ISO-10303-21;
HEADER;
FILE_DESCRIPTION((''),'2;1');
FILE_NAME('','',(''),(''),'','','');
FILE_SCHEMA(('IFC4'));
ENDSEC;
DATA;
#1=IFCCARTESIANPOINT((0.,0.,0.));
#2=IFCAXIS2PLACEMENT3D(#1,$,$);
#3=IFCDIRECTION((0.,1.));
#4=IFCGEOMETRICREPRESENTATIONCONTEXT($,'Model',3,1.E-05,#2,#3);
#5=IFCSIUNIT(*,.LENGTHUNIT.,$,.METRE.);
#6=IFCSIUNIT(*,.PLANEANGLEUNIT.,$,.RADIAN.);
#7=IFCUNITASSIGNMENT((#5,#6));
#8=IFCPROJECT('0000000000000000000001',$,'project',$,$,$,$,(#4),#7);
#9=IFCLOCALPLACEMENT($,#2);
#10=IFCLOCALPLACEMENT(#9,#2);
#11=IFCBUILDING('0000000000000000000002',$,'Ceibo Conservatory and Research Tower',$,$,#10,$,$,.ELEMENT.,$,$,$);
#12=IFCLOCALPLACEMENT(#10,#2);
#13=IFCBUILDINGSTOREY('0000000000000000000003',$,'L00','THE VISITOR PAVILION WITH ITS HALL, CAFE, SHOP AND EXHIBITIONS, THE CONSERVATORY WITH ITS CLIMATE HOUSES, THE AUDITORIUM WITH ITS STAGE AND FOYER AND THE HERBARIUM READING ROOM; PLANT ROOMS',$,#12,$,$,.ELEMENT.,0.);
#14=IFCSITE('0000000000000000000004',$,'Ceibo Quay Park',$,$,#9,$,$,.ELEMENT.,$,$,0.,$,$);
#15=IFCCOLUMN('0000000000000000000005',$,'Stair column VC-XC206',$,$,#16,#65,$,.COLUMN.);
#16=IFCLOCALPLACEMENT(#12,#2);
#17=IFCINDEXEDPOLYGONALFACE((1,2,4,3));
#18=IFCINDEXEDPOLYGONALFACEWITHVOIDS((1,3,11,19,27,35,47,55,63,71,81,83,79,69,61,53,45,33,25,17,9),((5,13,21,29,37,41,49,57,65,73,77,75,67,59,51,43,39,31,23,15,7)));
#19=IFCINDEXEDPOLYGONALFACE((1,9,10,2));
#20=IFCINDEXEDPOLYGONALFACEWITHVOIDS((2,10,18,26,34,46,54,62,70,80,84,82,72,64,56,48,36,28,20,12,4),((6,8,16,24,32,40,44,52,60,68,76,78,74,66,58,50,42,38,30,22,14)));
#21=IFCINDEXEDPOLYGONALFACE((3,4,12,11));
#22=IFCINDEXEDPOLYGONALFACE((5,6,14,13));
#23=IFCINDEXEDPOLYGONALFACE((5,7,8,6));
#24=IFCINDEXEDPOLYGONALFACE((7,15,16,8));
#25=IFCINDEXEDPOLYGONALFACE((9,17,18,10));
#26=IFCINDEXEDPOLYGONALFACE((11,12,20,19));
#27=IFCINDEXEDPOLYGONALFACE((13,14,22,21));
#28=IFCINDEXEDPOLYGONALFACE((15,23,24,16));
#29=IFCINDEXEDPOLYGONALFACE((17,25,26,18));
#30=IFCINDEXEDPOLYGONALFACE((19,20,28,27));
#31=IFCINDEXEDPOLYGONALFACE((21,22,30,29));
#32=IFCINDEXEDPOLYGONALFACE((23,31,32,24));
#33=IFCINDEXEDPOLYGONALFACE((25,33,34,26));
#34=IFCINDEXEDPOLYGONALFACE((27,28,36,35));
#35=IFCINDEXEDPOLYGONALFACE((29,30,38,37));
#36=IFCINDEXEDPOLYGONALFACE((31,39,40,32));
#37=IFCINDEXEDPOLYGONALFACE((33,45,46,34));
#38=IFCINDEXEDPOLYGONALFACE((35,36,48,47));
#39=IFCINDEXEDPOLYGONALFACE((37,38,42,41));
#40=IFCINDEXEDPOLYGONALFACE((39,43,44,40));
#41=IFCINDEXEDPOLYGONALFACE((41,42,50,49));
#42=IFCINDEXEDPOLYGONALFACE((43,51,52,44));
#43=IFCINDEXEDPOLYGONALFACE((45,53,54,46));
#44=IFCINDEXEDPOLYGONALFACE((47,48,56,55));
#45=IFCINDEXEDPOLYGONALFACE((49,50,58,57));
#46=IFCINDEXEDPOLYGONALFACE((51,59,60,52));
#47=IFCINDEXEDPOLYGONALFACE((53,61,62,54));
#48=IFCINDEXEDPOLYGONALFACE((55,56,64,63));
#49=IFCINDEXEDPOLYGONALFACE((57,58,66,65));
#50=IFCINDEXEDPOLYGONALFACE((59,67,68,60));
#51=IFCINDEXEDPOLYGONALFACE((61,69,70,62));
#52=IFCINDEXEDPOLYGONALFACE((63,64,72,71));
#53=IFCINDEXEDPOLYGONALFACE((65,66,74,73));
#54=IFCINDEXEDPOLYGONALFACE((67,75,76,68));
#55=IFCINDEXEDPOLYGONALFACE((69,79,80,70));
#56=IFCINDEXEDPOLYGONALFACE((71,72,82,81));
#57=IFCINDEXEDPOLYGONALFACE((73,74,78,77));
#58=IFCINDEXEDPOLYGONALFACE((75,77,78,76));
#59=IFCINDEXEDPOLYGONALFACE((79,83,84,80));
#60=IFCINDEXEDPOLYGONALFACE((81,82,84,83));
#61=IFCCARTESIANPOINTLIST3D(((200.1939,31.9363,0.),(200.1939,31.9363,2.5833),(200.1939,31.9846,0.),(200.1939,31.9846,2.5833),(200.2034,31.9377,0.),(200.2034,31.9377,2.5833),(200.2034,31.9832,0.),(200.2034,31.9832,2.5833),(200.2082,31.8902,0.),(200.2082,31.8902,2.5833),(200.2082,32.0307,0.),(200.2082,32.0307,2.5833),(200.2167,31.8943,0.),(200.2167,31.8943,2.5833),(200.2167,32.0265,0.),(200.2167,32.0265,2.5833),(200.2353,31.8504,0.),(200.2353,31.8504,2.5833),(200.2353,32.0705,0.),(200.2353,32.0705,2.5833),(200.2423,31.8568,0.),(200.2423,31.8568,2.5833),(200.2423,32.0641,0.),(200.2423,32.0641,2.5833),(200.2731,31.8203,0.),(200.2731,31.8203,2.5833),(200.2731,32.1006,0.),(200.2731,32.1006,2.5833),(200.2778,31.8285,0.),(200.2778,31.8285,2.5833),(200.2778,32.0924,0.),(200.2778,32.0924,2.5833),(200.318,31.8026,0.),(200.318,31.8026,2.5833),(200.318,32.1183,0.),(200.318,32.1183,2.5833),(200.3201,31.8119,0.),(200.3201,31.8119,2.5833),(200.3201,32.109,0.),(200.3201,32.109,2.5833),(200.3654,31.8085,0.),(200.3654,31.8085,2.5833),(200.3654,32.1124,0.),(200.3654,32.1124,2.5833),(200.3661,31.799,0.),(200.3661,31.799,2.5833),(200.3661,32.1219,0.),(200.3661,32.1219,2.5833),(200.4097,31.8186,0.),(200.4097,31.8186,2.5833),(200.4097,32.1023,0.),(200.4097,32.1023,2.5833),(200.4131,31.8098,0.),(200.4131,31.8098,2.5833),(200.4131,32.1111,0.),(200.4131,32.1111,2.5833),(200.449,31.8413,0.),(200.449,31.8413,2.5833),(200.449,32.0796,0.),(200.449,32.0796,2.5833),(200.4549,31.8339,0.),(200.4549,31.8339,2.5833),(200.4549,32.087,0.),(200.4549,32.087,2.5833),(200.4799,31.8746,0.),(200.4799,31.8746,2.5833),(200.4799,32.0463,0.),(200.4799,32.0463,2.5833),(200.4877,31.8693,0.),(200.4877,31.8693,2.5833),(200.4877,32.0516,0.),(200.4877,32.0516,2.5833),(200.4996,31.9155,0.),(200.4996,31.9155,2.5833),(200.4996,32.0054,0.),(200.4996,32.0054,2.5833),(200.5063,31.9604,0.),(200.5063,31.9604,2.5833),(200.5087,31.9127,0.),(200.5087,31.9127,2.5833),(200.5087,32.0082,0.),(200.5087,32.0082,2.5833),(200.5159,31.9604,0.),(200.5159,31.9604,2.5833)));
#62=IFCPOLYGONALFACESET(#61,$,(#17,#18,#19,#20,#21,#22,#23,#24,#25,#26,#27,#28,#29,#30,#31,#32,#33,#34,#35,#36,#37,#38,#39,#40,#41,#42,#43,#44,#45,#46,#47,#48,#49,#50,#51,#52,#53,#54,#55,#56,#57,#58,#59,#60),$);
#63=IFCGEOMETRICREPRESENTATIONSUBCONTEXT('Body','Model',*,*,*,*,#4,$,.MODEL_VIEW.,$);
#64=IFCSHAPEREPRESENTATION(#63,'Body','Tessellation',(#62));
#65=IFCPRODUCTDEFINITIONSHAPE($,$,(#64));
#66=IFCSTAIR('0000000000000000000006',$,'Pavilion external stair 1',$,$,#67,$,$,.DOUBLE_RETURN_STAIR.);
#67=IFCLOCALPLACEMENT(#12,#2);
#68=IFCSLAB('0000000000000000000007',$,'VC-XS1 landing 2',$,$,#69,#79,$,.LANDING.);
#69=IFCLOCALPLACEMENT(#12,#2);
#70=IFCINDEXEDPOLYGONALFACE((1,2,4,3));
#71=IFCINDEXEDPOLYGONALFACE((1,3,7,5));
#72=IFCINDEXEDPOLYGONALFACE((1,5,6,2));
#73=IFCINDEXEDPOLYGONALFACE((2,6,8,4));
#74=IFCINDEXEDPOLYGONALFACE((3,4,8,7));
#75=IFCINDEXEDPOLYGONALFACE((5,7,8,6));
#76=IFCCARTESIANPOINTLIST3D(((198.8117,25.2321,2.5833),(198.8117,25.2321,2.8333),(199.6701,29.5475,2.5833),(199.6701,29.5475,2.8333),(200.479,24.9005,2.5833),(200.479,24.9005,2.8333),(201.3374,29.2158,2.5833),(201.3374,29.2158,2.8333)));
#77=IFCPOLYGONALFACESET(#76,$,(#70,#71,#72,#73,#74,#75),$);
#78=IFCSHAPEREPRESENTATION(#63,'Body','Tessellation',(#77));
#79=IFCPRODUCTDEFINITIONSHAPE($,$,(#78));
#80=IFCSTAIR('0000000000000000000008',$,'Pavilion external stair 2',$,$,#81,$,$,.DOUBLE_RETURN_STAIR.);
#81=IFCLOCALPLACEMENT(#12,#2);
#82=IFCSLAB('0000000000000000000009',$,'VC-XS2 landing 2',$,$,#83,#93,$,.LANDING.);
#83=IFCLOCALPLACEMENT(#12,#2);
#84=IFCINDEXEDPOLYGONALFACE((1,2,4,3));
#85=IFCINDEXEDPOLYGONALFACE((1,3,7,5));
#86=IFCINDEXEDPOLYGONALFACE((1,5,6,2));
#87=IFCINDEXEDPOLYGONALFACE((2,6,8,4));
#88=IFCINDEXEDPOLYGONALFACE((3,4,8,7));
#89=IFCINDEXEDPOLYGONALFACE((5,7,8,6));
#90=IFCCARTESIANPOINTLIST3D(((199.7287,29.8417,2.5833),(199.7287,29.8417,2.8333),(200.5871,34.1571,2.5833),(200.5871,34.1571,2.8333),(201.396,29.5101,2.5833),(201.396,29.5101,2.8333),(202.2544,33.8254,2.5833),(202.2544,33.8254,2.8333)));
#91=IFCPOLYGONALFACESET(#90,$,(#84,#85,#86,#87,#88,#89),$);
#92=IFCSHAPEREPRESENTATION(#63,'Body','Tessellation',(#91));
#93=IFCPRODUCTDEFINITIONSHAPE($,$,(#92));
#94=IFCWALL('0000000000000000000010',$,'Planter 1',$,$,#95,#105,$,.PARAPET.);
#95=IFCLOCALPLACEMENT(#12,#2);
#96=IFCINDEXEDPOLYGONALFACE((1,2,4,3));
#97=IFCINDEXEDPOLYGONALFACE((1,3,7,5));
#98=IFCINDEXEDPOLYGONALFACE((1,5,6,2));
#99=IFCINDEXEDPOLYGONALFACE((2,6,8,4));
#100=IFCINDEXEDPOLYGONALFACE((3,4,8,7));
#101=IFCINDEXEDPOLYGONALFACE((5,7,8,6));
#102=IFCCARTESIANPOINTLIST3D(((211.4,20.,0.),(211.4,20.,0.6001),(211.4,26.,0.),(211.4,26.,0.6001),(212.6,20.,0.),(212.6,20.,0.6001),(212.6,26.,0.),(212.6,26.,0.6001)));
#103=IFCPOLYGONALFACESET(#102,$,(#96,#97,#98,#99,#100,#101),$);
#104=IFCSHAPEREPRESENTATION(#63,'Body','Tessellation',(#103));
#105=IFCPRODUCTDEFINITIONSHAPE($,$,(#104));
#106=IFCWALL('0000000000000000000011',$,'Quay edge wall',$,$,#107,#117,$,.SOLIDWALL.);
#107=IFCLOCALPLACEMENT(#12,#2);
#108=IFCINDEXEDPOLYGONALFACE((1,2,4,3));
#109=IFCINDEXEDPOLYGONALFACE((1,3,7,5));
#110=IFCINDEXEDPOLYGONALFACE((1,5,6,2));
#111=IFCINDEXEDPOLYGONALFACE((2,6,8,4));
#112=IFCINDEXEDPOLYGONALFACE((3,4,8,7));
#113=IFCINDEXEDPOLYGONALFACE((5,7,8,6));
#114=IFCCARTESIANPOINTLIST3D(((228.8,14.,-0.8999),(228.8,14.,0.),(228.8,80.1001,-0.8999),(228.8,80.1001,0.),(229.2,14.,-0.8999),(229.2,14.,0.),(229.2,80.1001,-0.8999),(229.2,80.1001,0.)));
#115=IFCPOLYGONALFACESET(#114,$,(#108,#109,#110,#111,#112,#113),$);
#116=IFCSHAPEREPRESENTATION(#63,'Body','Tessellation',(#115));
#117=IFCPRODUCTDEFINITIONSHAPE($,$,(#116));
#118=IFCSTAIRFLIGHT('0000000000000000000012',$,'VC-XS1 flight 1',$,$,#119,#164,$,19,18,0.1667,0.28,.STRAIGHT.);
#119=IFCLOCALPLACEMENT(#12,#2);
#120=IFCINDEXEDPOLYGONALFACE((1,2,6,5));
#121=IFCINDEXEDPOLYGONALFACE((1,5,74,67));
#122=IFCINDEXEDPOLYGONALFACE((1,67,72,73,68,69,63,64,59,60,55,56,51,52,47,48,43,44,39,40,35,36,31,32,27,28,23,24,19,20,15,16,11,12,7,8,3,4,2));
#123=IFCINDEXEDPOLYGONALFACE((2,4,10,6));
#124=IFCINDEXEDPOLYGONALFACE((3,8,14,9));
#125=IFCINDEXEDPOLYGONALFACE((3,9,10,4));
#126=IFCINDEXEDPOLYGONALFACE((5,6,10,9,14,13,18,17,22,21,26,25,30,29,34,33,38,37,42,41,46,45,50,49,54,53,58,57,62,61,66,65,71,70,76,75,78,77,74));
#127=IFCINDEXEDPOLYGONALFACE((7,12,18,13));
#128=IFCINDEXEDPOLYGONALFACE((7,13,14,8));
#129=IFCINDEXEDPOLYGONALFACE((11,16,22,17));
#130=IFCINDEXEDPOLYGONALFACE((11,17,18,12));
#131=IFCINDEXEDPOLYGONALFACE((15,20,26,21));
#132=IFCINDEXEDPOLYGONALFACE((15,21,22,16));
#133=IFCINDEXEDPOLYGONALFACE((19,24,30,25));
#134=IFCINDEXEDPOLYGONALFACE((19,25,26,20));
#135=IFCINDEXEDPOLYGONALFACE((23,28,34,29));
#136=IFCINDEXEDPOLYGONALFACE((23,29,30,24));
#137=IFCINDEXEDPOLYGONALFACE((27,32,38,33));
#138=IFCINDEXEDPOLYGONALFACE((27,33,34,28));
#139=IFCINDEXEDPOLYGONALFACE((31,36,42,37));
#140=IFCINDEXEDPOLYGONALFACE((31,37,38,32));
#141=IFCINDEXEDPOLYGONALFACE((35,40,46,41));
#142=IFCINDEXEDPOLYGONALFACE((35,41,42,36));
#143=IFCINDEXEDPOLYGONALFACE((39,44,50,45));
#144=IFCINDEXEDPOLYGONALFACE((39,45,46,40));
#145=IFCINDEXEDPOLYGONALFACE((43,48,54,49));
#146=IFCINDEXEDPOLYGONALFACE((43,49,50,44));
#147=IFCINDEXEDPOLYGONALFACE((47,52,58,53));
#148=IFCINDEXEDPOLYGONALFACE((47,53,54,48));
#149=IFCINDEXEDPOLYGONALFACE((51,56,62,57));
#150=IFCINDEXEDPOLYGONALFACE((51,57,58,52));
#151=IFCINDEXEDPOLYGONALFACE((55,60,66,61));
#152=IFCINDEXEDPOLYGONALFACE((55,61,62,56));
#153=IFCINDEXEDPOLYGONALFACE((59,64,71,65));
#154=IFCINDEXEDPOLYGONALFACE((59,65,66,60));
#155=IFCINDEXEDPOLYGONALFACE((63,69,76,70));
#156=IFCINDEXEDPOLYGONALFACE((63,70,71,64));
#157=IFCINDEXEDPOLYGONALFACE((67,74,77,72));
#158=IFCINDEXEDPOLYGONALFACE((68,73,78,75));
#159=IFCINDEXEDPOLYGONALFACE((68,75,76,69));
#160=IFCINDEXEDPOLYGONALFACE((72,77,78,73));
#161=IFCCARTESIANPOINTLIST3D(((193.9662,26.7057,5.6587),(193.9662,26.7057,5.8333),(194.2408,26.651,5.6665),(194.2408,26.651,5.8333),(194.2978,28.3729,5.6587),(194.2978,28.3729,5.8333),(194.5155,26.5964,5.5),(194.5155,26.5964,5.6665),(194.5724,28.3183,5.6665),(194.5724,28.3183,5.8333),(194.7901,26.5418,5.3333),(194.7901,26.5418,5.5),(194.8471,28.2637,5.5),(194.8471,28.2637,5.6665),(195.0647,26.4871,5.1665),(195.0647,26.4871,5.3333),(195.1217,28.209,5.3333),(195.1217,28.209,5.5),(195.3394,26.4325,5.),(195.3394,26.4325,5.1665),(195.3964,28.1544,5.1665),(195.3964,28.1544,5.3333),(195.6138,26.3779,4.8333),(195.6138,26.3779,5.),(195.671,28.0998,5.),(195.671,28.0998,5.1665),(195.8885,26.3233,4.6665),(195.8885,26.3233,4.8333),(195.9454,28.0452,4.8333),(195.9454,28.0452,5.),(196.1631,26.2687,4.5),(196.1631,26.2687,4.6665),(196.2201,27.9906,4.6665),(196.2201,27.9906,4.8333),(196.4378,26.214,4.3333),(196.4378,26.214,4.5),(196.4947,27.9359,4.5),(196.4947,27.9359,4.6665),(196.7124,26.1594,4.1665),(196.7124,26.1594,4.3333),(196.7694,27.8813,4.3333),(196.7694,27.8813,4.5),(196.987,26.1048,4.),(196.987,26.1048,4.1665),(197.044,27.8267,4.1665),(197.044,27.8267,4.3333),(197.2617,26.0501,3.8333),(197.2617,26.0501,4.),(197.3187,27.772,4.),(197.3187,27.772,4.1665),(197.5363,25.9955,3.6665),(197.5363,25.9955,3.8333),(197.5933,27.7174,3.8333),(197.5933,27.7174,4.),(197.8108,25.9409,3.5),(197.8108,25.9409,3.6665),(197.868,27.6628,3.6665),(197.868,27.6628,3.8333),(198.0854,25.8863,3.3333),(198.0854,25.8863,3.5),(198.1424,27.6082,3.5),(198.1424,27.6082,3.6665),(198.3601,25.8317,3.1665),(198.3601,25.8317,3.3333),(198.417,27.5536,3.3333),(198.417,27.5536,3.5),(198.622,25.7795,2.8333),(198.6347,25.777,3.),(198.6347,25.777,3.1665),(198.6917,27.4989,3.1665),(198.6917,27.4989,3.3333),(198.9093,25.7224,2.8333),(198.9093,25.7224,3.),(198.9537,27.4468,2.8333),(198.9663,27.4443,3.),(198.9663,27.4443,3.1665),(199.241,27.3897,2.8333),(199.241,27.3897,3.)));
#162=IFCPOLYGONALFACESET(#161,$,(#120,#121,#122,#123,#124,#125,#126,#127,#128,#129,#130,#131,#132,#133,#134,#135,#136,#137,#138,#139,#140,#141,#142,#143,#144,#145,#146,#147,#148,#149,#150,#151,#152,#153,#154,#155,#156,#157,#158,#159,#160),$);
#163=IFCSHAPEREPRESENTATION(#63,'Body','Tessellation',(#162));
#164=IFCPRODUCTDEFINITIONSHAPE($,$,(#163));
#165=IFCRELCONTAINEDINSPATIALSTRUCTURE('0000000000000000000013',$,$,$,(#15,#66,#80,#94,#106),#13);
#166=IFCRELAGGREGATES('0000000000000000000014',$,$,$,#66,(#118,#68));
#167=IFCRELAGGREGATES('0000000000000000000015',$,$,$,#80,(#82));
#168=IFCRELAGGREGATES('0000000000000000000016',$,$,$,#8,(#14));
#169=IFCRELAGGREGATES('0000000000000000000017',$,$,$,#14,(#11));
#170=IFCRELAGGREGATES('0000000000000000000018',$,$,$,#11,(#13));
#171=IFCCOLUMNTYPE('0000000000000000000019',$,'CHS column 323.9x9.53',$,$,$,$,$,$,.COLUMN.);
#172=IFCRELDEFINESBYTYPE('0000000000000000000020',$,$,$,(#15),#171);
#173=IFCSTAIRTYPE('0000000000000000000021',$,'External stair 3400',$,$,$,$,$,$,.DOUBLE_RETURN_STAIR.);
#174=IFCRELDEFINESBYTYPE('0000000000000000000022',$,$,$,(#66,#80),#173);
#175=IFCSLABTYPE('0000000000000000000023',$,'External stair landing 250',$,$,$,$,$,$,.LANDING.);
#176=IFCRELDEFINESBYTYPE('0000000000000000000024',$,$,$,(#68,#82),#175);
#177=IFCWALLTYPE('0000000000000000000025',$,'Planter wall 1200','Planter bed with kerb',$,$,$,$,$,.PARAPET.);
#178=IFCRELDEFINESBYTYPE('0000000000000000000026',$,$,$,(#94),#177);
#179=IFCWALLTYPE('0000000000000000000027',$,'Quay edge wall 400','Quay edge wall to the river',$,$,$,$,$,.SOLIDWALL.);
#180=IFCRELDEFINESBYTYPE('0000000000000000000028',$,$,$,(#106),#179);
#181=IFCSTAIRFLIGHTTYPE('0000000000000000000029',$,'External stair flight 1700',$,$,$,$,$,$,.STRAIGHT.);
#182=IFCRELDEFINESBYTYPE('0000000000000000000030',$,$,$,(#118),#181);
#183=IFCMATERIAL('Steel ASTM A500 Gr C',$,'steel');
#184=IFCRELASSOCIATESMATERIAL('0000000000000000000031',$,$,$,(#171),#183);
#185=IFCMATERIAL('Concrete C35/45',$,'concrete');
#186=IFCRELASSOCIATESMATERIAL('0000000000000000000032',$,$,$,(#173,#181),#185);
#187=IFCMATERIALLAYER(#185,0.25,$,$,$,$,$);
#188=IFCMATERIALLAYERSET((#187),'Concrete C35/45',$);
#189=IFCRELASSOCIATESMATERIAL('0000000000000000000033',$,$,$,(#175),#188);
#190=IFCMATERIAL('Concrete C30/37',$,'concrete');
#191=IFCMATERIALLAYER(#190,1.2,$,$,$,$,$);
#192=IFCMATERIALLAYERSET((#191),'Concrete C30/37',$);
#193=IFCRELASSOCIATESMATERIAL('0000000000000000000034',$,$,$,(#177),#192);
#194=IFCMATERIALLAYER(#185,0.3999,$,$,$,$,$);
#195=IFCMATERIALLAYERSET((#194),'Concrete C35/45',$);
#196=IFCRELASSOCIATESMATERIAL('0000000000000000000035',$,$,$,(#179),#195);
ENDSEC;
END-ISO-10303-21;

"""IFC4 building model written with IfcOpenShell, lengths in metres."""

from ifc_helpers import new_model, si_unit, direction, frame, frame_2d, origin, origin_2d, place, context, subcontext, project, spatial, polyline, rectangle, hollow_circle, outline, extrude, material, layer, layer_set, material_profile, profile_set, type_object, element, aggregate, save


model = new_model("IFC4")

# Units and contexts
model_context = context("Model", 3, precision=1e-05, world=origin(), true_north=direction((0.0, 1.0)))
body_context = subcontext(model_context, "Body", "Model", "MODEL_VIEW")
ifc_project = project(units=[si_unit("LENGTHUNIT", "METRE"), si_unit("PLANEANGLEUNIT", "RADIAN")], contexts=[model_context])

# Site, building, storey
site_placement = place(None, origin())
site = spatial("IfcSite", under=ifc_project, at=site_placement, Name="Ceibo Quay Park", CompositionType="ELEMENT", RefElevation=0.0)
building_placement = place(site_placement, origin())
building = spatial("IfcBuilding", under=site, at=building_placement, Name="Ceibo Conservatory and Research Tower", CompositionType="ELEMENT")
storey_placement = place(building_placement, origin())
storey = spatial("IfcBuildingStorey", under=building, at=storey_placement, Name="L00", Description="THE VISITOR PAVILION WITH ITS HALL, CAFE, SHOP AND EXHIBITIONS, THE CONSERVATORY WITH ITS CLIMATE HOUSES, THE AUDITORIUM WITH ITS STAGE AND FOYER AND THE HERBARIUM READING ROOM; PLANT ROOMS", CompositionType="ELEMENT", Elevation=0.0)

# Shared definitions
ifc_material_1 = material(Name="Concrete C35/45", Category="concrete")

# Column
ifc_material_2 = material(Name="Steel ASTM A500 Gr C", Category="steel")
ifc_material_profile_1 = material_profile(ifc_material_2, hollow_circle(Radius=0.1619, WallThickness=0.0095, at=origin_2d()), Name="CHS column 323.9x9.53")
ifc_profile_set_1 = profile_set([ifc_material_profile_1], Name="Steel ASTM A500 Gr C")
column_type = type_object("IfcColumnType", Name="CHS column 323.9x9.53", PredefinedType="COLUMN", material=ifc_profile_set_1)
for number, where, z_axis, x_axis, name in (
    (1, (200.354, 31.9604, 0.0), (0.0, 0.0, 1.0), (1.0, 0.0, 0.0), "Stair column VC-XC206"),
):
    element("IfcColumn", number, at=place(storey_placement, frame(where, z_axis=z_axis, x_axis=x_axis)), inside=storey, type_object=column_type, Name=name, PredefinedType="COLUMN", context=body_context, shape_type="SweptSolid", body=[
        extrude(hollow_circle(Radius=0.1619, WallThickness=0.0095, at=origin_2d()), origin(), (0.0, 0.0, 1.0), 2.5833),
    ])

# Stairs, slabs
stair_type = type_object("IfcStairType", Name="External stair 3400", PredefinedType="DOUBLE_RETURN_STAIR", material=ifc_material_1)
stair_1_placement = place(storey_placement, origin())
stair_1 = element("IfcStair", 2, at=stair_1_placement, inside=storey, type_object=stair_type, Name="Pavilion external stair 1", PredefinedType="DOUBLE_RETURN_STAIR")
ifc_layer_1 = layer(ifc_material_1, 0.25)
ifc_layer_set_1 = layer_set([ifc_layer_1], Name="Concrete C35/45")
slab_type = type_object("IfcSlabType", Name="External stair landing 250", PredefinedType="LANDING", material=ifc_layer_set_1)
slab_1_placement = place(storey_placement, frame((201.3374, 29.2158, 2.5833), z_axis=(0.0, 0.0, 1.0), x_axis=(-0.980785, 0.19509, 0.0)))
slab_1 = element("IfcSlab", 3, at=slab_1_placement, type_object=slab_type, Name="VC-XS1 landing 2", PredefinedType="LANDING", context=body_context, shape_type="SweptSolid", body=[
    extrude(outline(polyline([(0.0, 0.0), (1.7, 0.0), (1.7, 4.3999), (0.0, 4.3999), (0.0, 0.0)])), origin(), (0.0, 0.0, 1.0), 0.25),
])
stair_2_placement = place(storey_placement, origin())
stair_2 = element("IfcStair", 4, at=stair_2_placement, inside=storey, type_object=stair_type, Name="Pavilion external stair 2", PredefinedType="DOUBLE_RETURN_STAIR")
slab_2_placement = place(storey_placement, frame((202.2544, 33.8254, 2.5833), z_axis=(0.0, 0.0, 1.0), x_axis=(-0.980785, 0.19509, 0.0)))
slab_2 = element("IfcSlab", 5, at=slab_2_placement, type_object=slab_type, Name="VC-XS2 landing 2", PredefinedType="LANDING", context=body_context, shape_type="SweptSolid", body=[
    extrude(outline(polyline([(0.0, 0.0), (1.7, 0.0), (1.7, 4.3999), (0.0, 4.3999), (0.0, 0.0)])), origin(), (0.0, 0.0, 1.0), 0.25),
])

# Walls
ifc_material_3 = material(Name="Concrete C30/37", Category="concrete")
ifc_layer_2 = layer(ifc_material_3, 1.2)
ifc_layer_set_2 = layer_set([ifc_layer_2], Name="Concrete C30/37")
wall_type_1 = type_object("IfcWallType", Name="Planter wall 1200", Description="Planter bed with kerb", PredefinedType="PARAPET", material=ifc_layer_set_2)
wall_1_placement = place(storey_placement, frame((212.0, 20.0, 0.0), z_axis=(0.0, 0.0, 1.0), x_axis=(0.0, 1.0, 0.0)))
element("IfcWall", 6, at=wall_1_placement, inside=storey, type_object=wall_type_1, Name="Planter 1", PredefinedType="PARAPET", context=body_context, shape_type="SweptSolid", body=[
    extrude(rectangle(XDim=6.0, YDim=1.2, at=frame_2d((3.0, 0.0))), origin(), (0.0, 0.0, 1.0), 0.6001),
])
ifc_layer_3 = layer(ifc_material_1, 0.3999)
ifc_layer_set_3 = layer_set([ifc_layer_3], Name="Concrete C35/45")
wall_type_2 = type_object("IfcWallType", Name="Quay edge wall 400", Description="Quay edge wall to the river", PredefinedType="SOLIDWALL", material=ifc_layer_set_3)
wall_2_placement = place(storey_placement, frame((229.0, 14.0, -0.8999), z_axis=(0.0, 0.0, 1.0), x_axis=(0.0, 1.0, 0.0)))
element("IfcWall", 7, at=wall_2_placement, inside=storey, type_object=wall_type_2, Name="Quay edge wall", PredefinedType="SOLIDWALL", context=body_context, shape_type="SweptSolid", body=[
    extrude(rectangle(XDim=66.1001, YDim=0.3999, at=frame_2d((33.05, 0.0))), origin(), (0.0, 0.0, 1.0), 0.8999),
])

# Stair flight
stair_flight_type = type_object("IfcStairFlightType", Name="External stair flight 1700", PredefinedType="STRAIGHT", material=ifc_material_1)
stair_flight_1_placement = place(storey_placement, frame((199.0752, 26.5562, 2.8333), z_axis=(0.0, 0.0, 1.0), x_axis=(-0.980785, 0.19509, 0.0)))
stair_flight_1 = element("IfcStairFlight", 8, at=stair_flight_1_placement, type_object=stair_flight_type, Name="VC-XS1 flight 1", NumberOfRisers=19, NumberOfTreads=18, PredefinedType="STRAIGHT", RiserHeight=0.1667, TreadLength=0.28, context=body_context, shape_type="SweptSolid", body=[
    extrude(outline(polyline([(0.0, 0.0), (0.0, 0.1667), (0.28, 0.1667), (0.28, 0.3333), (0.5601, 0.3333), (0.5601, 0.5), (0.8401, 0.5), (0.8401, 0.6667), (1.1201, 0.6667), (1.1201, 0.8333), (1.3999, 0.8333), (1.3999, 1.0), (1.6799, 1.0), (1.6799, 1.1667), (1.96, 1.1667), (1.96, 1.3333), (2.24, 1.3333), (2.24, 1.5), (2.52, 1.5), (2.52, 1.6667), (2.8, 1.6667), (2.8, 1.8333), (3.0801, 1.8333), (3.0801, 2.0), (3.3601, 2.0), (3.3601, 2.1667), (3.6399, 2.1667), (3.6399, 2.3333), (3.9199, 2.3333), (3.9199, 2.5), (4.2, 2.5), (4.2, 2.6667), (4.48, 2.6667), (4.48, 2.8333), (4.76, 2.8333), (4.76, 3.0), (5.04, 3.0), (5.04, 3.1667), (5.04, 2.8254), (0.293, 0.0), (0.0, 0.0)])), frame((0.0, 0.8501, 0.0), z_axis=(0.0, -1.0, 0.0), x_axis=(1.0, 0.0, 0.0)), (0.0, 0.0, 1.0), 1.7),
])
aggregate(stair_1, [stair_flight_1, slab_1])
aggregate(stair_2, [slab_2])

save(model, "model.ifc")
